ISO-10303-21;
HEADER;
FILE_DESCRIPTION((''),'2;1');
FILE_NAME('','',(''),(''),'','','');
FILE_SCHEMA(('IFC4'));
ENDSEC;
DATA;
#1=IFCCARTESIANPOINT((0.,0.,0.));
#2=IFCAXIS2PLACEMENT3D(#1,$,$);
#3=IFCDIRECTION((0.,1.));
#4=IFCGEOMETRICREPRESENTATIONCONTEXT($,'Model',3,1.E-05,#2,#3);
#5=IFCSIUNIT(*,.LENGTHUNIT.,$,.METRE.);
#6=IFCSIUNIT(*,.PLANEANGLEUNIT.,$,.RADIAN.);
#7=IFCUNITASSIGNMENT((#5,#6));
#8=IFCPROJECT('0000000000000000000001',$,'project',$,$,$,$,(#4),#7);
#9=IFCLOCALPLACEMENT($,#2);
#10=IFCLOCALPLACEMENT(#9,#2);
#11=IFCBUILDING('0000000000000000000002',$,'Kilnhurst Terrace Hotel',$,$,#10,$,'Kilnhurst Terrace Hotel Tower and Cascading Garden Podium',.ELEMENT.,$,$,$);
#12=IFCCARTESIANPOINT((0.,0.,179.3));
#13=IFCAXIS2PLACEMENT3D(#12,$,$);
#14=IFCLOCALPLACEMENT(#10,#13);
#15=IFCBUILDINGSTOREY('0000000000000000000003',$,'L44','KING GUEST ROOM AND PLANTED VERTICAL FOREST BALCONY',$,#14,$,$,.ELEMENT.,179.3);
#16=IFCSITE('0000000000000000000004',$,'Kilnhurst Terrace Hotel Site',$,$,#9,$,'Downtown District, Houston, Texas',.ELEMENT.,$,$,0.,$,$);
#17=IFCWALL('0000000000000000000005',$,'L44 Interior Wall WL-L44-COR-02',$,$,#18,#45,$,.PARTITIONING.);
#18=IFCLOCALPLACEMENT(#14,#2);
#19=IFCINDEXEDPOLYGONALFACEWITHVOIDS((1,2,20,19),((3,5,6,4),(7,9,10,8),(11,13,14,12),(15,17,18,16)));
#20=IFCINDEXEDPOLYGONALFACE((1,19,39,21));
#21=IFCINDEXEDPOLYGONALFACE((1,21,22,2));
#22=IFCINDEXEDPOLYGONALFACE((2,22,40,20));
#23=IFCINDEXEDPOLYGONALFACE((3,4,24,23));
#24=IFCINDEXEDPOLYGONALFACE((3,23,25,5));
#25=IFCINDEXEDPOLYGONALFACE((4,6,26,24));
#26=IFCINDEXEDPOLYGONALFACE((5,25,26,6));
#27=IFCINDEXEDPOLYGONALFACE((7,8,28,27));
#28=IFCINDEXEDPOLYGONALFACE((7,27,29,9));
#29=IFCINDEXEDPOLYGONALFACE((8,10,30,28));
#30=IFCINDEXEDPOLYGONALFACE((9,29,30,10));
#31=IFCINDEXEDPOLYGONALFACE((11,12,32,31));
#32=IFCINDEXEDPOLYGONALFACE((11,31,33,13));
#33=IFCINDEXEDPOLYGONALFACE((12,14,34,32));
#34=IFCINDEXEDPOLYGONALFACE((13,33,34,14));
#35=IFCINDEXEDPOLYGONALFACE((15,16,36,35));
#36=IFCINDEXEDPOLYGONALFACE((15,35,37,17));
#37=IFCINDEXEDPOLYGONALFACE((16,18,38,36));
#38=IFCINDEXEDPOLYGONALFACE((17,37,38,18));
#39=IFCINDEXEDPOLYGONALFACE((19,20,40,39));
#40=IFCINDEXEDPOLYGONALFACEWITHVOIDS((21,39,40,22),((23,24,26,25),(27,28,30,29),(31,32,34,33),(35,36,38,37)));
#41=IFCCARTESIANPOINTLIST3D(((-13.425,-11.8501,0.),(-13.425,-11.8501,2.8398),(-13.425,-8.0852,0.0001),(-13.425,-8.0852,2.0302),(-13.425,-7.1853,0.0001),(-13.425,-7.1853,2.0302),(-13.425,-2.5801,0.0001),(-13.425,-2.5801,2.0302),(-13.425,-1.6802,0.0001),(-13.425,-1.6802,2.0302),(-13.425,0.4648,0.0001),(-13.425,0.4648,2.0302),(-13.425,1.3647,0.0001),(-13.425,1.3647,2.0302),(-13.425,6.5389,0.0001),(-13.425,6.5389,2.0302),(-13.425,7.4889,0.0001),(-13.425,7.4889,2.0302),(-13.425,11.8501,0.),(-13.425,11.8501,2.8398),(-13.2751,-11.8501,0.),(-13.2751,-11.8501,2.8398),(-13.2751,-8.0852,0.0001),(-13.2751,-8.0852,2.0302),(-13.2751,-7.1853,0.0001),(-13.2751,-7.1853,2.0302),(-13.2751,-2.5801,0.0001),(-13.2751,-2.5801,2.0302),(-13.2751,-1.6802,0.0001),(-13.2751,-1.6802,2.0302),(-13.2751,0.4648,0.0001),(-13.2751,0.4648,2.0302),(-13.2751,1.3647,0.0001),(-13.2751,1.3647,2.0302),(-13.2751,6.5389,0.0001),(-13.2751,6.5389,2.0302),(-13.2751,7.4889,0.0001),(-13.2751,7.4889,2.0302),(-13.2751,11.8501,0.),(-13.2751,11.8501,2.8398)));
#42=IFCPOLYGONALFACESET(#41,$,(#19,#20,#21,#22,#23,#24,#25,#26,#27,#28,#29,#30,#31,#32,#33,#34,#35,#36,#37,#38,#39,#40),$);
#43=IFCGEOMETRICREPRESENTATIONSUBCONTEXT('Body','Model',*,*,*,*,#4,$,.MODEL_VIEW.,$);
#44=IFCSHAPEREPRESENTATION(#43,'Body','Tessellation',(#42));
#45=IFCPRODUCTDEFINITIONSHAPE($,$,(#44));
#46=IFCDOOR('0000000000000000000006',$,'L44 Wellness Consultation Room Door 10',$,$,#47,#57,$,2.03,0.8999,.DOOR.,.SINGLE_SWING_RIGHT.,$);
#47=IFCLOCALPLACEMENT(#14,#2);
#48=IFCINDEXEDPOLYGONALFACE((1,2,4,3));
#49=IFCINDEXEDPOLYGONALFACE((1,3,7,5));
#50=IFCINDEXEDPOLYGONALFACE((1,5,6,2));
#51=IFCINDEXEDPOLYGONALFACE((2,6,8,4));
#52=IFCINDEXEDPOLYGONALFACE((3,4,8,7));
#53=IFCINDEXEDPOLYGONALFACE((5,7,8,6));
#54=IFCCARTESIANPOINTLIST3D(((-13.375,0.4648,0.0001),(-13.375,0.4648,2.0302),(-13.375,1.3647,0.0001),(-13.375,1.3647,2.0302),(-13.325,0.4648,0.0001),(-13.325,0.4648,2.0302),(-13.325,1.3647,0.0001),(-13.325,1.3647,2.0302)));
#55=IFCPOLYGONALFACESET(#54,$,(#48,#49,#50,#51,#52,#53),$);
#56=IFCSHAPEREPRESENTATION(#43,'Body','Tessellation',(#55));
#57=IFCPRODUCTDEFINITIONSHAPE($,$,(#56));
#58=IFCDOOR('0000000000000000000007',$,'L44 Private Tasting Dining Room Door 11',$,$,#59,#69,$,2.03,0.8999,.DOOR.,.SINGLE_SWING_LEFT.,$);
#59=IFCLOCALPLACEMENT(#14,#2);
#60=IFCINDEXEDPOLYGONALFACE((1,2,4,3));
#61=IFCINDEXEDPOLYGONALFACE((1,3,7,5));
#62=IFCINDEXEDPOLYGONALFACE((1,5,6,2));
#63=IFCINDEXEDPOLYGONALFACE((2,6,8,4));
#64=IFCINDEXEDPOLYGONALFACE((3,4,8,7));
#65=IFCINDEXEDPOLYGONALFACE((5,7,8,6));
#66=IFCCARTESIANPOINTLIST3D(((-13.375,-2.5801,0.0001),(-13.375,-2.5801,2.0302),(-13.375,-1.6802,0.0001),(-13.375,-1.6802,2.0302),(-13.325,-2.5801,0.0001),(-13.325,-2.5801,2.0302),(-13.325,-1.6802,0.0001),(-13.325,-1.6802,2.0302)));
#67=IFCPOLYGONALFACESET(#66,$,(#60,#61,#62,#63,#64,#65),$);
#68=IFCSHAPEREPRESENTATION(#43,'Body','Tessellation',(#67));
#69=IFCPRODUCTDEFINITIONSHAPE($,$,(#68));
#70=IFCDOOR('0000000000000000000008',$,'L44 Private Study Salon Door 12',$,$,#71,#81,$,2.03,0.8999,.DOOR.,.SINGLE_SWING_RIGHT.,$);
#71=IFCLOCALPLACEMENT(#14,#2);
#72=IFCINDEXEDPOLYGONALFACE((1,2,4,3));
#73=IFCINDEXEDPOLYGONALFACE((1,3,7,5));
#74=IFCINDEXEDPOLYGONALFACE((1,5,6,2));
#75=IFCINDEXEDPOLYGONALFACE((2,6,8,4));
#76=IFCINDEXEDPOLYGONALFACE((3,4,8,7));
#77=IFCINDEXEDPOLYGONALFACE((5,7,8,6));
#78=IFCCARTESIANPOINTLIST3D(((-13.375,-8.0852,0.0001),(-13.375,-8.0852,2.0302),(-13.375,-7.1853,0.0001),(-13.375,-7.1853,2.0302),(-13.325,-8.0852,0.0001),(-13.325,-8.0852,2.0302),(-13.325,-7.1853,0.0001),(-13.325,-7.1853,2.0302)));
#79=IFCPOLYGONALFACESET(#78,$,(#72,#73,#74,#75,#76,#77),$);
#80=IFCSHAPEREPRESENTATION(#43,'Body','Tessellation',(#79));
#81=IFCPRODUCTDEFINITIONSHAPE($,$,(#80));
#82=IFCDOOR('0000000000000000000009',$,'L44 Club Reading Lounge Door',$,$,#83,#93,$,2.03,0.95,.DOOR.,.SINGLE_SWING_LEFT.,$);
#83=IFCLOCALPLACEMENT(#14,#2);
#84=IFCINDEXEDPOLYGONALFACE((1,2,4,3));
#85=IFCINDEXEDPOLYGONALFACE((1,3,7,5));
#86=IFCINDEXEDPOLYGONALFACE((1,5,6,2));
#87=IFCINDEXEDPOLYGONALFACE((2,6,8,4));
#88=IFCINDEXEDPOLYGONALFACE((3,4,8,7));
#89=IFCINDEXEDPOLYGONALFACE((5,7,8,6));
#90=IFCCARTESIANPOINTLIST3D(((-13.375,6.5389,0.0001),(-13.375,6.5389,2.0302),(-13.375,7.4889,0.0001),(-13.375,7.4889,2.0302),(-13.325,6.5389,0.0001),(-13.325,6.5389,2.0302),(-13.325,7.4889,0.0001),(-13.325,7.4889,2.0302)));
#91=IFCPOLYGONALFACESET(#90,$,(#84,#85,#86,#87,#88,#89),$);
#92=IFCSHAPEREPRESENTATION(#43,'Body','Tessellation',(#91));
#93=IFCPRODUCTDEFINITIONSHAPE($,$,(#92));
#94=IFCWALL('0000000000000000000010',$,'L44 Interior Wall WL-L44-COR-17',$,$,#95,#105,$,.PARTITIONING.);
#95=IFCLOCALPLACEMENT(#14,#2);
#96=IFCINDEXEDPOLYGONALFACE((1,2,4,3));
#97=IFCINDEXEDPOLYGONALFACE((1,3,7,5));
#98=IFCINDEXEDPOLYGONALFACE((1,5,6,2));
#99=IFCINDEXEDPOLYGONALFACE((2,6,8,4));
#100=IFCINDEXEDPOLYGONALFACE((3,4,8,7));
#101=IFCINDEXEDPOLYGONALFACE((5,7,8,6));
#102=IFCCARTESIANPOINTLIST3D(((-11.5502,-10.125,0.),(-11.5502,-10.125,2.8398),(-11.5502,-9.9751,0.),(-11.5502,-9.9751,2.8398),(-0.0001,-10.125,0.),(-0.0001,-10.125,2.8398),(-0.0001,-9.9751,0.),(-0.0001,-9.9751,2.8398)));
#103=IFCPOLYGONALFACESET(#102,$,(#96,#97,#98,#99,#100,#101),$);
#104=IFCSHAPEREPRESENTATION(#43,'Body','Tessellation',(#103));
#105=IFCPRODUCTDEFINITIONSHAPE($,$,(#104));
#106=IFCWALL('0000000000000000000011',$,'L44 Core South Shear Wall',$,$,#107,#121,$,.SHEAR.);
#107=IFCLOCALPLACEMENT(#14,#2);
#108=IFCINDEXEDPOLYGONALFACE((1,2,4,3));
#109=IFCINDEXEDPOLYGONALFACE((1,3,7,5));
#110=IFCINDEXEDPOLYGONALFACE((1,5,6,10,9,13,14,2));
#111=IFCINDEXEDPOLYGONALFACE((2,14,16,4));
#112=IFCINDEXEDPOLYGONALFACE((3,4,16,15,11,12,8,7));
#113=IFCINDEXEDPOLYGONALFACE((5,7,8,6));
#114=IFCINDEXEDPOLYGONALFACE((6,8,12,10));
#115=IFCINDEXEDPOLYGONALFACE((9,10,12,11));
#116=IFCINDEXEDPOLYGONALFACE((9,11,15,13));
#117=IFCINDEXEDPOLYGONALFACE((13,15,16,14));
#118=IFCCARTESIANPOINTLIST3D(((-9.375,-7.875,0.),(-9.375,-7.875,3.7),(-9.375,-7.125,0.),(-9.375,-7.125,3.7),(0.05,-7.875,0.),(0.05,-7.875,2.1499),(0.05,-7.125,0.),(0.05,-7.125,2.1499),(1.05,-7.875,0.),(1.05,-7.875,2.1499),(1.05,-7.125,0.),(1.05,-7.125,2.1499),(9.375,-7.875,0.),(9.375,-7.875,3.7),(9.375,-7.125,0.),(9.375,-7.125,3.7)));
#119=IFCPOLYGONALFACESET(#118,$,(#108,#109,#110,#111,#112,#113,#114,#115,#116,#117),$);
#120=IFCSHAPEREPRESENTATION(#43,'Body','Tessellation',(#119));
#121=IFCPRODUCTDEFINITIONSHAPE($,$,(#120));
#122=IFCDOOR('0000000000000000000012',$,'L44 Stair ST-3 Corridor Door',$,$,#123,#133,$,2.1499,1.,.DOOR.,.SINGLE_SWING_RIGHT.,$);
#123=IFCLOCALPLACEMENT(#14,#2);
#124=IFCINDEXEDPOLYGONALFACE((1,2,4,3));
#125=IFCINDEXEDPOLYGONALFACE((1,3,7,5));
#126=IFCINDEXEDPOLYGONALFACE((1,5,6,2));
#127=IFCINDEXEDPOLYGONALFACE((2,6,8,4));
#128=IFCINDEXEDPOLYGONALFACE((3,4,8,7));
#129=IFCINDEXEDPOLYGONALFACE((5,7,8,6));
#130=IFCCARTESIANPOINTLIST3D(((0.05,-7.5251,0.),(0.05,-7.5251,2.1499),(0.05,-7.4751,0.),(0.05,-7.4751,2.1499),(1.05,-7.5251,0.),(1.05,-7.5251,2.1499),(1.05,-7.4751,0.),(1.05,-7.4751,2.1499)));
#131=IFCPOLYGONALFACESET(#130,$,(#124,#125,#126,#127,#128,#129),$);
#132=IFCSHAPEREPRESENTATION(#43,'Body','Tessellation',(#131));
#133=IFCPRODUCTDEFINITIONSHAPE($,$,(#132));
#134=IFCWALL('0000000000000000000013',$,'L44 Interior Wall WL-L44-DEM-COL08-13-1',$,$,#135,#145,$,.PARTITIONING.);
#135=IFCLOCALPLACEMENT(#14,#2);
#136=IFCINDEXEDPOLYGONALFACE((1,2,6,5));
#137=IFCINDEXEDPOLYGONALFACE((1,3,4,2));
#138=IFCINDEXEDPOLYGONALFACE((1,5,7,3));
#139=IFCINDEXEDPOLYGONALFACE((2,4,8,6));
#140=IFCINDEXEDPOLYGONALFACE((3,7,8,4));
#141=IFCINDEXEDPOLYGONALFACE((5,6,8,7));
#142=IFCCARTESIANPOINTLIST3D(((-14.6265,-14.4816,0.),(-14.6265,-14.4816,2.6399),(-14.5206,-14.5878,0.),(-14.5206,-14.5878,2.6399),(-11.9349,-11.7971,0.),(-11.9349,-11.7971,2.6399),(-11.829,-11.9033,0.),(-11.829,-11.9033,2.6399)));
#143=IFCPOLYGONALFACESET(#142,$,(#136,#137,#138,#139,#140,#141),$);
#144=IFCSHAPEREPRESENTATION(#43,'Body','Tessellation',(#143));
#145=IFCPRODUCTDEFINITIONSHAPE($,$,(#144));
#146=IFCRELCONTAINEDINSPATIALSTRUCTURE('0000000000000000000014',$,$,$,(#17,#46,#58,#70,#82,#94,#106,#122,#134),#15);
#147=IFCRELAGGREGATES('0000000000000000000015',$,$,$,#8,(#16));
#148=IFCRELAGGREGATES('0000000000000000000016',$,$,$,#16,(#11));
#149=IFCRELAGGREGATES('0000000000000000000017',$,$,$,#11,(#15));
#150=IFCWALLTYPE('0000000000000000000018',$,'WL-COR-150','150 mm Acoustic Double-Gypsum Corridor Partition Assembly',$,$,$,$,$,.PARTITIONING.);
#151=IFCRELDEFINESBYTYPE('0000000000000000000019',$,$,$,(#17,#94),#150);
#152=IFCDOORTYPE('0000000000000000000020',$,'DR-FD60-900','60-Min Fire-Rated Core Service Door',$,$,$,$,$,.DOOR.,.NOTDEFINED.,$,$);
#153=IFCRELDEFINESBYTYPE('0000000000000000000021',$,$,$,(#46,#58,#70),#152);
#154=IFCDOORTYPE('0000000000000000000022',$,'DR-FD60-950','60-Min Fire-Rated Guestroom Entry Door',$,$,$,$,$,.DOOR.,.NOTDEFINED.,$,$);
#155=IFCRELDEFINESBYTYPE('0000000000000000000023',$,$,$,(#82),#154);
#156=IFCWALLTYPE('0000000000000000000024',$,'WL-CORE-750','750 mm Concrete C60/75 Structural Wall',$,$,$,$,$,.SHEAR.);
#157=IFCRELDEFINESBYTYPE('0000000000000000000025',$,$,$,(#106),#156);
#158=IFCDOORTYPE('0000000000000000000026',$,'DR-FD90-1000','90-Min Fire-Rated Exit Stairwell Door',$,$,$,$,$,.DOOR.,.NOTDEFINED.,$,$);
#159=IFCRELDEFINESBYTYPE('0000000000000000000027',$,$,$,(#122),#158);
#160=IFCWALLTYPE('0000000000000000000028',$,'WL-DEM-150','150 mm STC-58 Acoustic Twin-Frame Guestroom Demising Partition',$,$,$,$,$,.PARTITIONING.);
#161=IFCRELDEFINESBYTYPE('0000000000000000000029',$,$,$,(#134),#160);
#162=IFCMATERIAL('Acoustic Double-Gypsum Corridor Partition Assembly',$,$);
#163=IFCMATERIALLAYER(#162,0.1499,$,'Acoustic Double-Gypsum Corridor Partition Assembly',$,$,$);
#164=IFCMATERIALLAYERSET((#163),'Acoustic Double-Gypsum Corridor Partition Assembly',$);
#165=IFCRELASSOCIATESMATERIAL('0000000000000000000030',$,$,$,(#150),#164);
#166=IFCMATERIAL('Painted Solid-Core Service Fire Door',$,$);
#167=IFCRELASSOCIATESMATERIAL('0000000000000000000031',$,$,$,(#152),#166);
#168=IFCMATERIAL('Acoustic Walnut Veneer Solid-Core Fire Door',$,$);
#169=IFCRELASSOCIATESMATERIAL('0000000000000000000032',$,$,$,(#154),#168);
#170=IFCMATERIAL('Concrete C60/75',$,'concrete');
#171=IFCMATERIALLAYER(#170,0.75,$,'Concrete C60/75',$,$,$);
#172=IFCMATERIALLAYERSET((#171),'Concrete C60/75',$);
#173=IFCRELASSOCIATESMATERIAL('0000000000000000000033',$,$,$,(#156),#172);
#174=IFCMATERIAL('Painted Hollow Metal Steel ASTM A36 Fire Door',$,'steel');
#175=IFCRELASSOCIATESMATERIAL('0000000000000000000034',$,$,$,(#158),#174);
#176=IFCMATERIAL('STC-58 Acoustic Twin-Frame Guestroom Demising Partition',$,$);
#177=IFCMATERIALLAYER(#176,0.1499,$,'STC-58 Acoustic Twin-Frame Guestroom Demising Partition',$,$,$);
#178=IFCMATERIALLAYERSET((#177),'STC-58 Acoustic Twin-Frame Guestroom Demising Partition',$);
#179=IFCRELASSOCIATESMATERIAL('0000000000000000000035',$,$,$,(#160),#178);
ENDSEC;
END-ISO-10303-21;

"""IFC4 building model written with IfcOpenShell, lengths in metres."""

from ifc_helpers import new_model, si_unit, direction, frame, frame_2d, origin, place, context, subcontext, project, spatial, rectangle, extrude, material, layer, layer_set, type_object, element, fill, save


model = new_model("IFC4")

# Units and contexts
model_context = context("Model", 3, precision=1e-05, world=origin(), true_north=direction((0.0, 1.0)))
body_context = subcontext(model_context, "Body", "Model", "MODEL_VIEW")
ifc_project = project(units=[si_unit("LENGTHUNIT", "METRE"), si_unit("PLANEANGLEUNIT", "RADIAN")], contexts=[model_context])

# Site, building, storey
site_placement = place(None, origin())
site = spatial("IfcSite", under=ifc_project, at=site_placement, Name="Kilnhurst Terrace Hotel Site", LongName="Downtown District, Houston, Texas", CompositionType="ELEMENT", RefElevation=0.0)
building_placement = place(site_placement, origin())
building = spatial("IfcBuilding", under=site, at=building_placement, Name="Kilnhurst Terrace Hotel", LongName="Kilnhurst Terrace Hotel Tower and Cascading Garden Podium", CompositionType="ELEMENT")
storey_placement = place(building_placement, frame((0.0, 0.0, 179.3)))
storey = spatial("IfcBuildingStorey", under=building, at=storey_placement, Name="L44", Description="KING GUEST ROOM AND PLANTED VERTICAL FOREST BALCONY", CompositionType="ELEMENT", Elevation=179.3)

# Wall, openings, doors
ifc_material_1 = material(Name="Acoustic Double-Gypsum Corridor Partition Assembly")
ifc_layer_1 = layer(ifc_material_1, 0.1499, Name="Acoustic Double-Gypsum Corridor Partition Assembly")
ifc_layer_set_1 = layer_set([ifc_layer_1], Name="Acoustic Double-Gypsum Corridor Partition Assembly")
wall_type_1 = type_object("IfcWallType", Name="WL-COR-150", Description="150 mm Acoustic Double-Gypsum Corridor Partition Assembly", PredefinedType="PARTITIONING", material=ifc_layer_set_1)
wall_1_placement = place(storey_placement, frame((-13.3501, -11.8501, 0.0), z_axis=(0.0, 0.0, 1.0), x_axis=(0.0, 1.0, 0.0)))
wall_1 = element("IfcWall", 1, at=wall_1_placement, inside=storey, type_object=wall_type_1, Name="L44 Interior Wall WL-L44-COR-02", PredefinedType="PARTITIONING", context=body_context, shape_type="SweptSolid", body=[
    extrude(rectangle(XDim=23.7002, YDim=0.1499, at=frame_2d((11.8501, 0.0))), origin(), (0.0, 0.0, 1.0), 2.8398),
])
opening_1_placement = place(wall_1_placement, frame((18.3889, 0.0, 0.0)))
opening_1 = element("IfcOpeningElement", 2, at=opening_1_placement, cuts=wall_1, PredefinedType="OPENING", context=body_context, shape_type="SweptSolid", body=[
    extrude(rectangle(XDim=0.95, YDim=2.03, at=frame_2d((0.4751, 1.0151))), frame((0.0, 0.085, 0.0), z_axis=(0.0, -1.0, 0.0), x_axis=(1.0, 0.0, 0.0)), (0.0, 0.0, 1.0), 0.1699),
])
opening_2_placement = place(wall_1_placement, frame((12.3149, 0.0, 0.0)))
opening_2 = element("IfcOpeningElement", 3, at=opening_2_placement, cuts=wall_1, PredefinedType="OPENING", context=body_context, shape_type="SweptSolid", body=[
    extrude(rectangle(XDim=0.8999, YDim=2.03, at=frame_2d((0.45, 1.0151))), frame((0.0, 0.085, 0.0), z_axis=(0.0, -1.0, 0.0), x_axis=(1.0, 0.0, 0.0)), (0.0, 0.0, 1.0), 0.1699),
])
opening_3_placement = place(wall_1_placement, frame((9.27, 0.0, 0.0)))
opening_3 = element("IfcOpeningElement", 4, at=opening_3_placement, cuts=wall_1, PredefinedType="OPENING", context=body_context, shape_type="SweptSolid", body=[
    extrude(rectangle(XDim=0.8999, YDim=2.03, at=frame_2d((0.45, 1.0151))), frame((0.0, 0.085, 0.0), z_axis=(0.0, -1.0, 0.0), x_axis=(1.0, 0.0, 0.0)), (0.0, 0.0, 1.0), 0.1699),
])
opening_4_placement = place(wall_1_placement, frame((3.7649, 0.0, 0.0)))
opening_4 = element("IfcOpeningElement", 5, at=opening_4_placement, cuts=wall_1, PredefinedType="OPENING", context=body_context, shape_type="SweptSolid", body=[
    extrude(rectangle(XDim=0.8999, YDim=2.03, at=frame_2d((0.45, 1.0151))), frame((0.0, 0.085, 0.0), z_axis=(0.0, -1.0, 0.0), x_axis=(1.0, 0.0, 0.0)), (0.0, 0.0, 1.0), 0.1699),
])
ifc_material_2 = material(Name="Painted Solid-Core Service Fire Door")
door_type_1 = type_object("IfcDoorType", Name="DR-FD60-900", Description="60-Min Fire-Rated Core Service Door", OperationType="NOTDEFINED", PredefinedType="DOOR", material=ifc_material_2)
door_1_placement = place(opening_2_placement, origin())
door_1 = element("IfcDoor", 6, at=door_1_placement, inside=storey, type_object=door_type_1, Name="L44 Wellness Consultation Room Door 10", OperationType="SINGLE_SWING_RIGHT", OverallHeight=2.03, OverallWidth=0.8999, PredefinedType="DOOR", context=body_context, shape_type="SweptSolid", body=[
    extrude(rectangle(XDim=0.8999, YDim=2.03, at=frame_2d((0.45, 1.0151))), frame((0.0, 0.0249, 0.0), z_axis=(0.0, -1.0, 0.0), x_axis=(1.0, 0.0, 0.0)), (0.0, 0.0, 1.0), 0.05),
])
fill(opening_2, door_1)
door_2_placement = place(opening_3_placement, origin())
door_2 = element("IfcDoor", 7, at=door_2_placement, inside=storey, type_object=door_type_1, Name="L44 Private Tasting Dining Room Door 11", OperationType="SINGLE_SWING_LEFT", OverallHeight=2.03, OverallWidth=0.8999, PredefinedType="DOOR", context=body_context, shape_type="SweptSolid", body=[
    extrude(rectangle(XDim=0.8999, YDim=2.03, at=frame_2d((0.45, 1.0151))), frame((0.0, 0.0249, 0.0), z_axis=(0.0, -1.0, 0.0), x_axis=(1.0, 0.0, 0.0)), (0.0, 0.0, 1.0), 0.05),
])
fill(opening_3, door_2)
door_3_placement = place(opening_4_placement, origin())
door_3 = element("IfcDoor", 8, at=door_3_placement, inside=storey, type_object=door_type_1, Name="L44 Private Study Salon Door 12", OperationType="SINGLE_SWING_RIGHT", OverallHeight=2.03, OverallWidth=0.8999, PredefinedType="DOOR", context=body_context, shape_type="SweptSolid", body=[
    extrude(rectangle(XDim=0.8999, YDim=2.03, at=frame_2d((0.45, 1.0151))), frame((0.0, 0.0249, 0.0), z_axis=(0.0, -1.0, 0.0), x_axis=(1.0, 0.0, 0.0)), (0.0, 0.0, 1.0), 0.05),
])
fill(opening_4, door_3)
ifc_material_3 = material(Name="Acoustic Walnut Veneer Solid-Core Fire Door")
door_type_2 = type_object("IfcDoorType", Name="DR-FD60-950", Description="60-Min Fire-Rated Guestroom Entry Door", OperationType="NOTDEFINED", PredefinedType="DOOR", material=ifc_material_3)
door_4_placement = place(opening_1_placement, origin())
door_4 = element("IfcDoor", 9, at=door_4_placement, inside=storey, type_object=door_type_2, Name="L44 Club Reading Lounge Door", OperationType="SINGLE_SWING_LEFT", OverallHeight=2.03, OverallWidth=0.95, PredefinedType="DOOR", context=body_context, shape_type="SweptSolid", body=[
    extrude(rectangle(XDim=0.95, YDim=2.03, at=frame_2d((0.4751, 1.0151))), frame((0.0, 0.0249, 0.0), z_axis=(0.0, -1.0, 0.0), x_axis=(1.0, 0.0, 0.0)), (0.0, 0.0, 1.0), 0.05),
])
fill(opening_1, door_4)

# Wall
wall_2_placement = place(storey_placement, frame((-11.55, -10.05, 0.0), z_axis=(0.0, 0.0, 1.0), x_axis=(1.0, 0.0, 0.0)))
element("IfcWall", 10, at=wall_2_placement, inside=storey, type_object=wall_type_1, Name="L44 Interior Wall WL-L44-COR-17", PredefinedType="PARTITIONING", context=body_context, shape_type="SweptSolid", body=[
    extrude(rectangle(XDim=11.55, YDim=0.1499, at=frame_2d((5.7749, 0.0))), origin(), (0.0, 0.0, 1.0), 2.8398),
])

# Wall, opening, door
ifc_material_4 = material(Name="Concrete C60/75", Category="concrete")
ifc_layer_2 = layer(ifc_material_4, 0.75, Name="Concrete C60/75")
ifc_layer_set_2 = layer_set([ifc_layer_2], Name="Concrete C60/75")
wall_type_2 = type_object("IfcWallType", Name="WL-CORE-750", Description="750 mm Concrete C60/75 Structural Wall", PredefinedType="SHEAR", material=ifc_layer_set_2)
wall_3_placement = place(storey_placement, frame((-9.375, -7.5, 0.0), z_axis=(0.0, 0.0, 1.0), x_axis=(1.0, 0.0, 0.0)))
wall_3 = element("IfcWall", 11, at=wall_3_placement, inside=storey, type_object=wall_type_2, Name="L44 Core South Shear Wall", PredefinedType="SHEAR", context=body_context, shape_type="SweptSolid", body=[
    extrude(rectangle(XDim=18.75, YDim=0.75, at=frame_2d((9.375, 0.0))), origin(), (0.0, 0.0, 1.0), 3.7),
])
opening_5_placement = place(wall_3_placement, frame((9.425, 0.0, 0.0)))
opening_5 = element("IfcOpeningElement", 12, at=opening_5_placement, cuts=wall_3, PredefinedType="OPENING", context=body_context, shape_type="SweptSolid", body=[
    extrude(rectangle(XDim=1.0, YDim=2.1499, at=frame_2d((0.5, 1.075))), frame((0.0, 0.385, 0.0), z_axis=(0.0, -1.0, 0.0), x_axis=(1.0, 0.0, 0.0)), (0.0, 0.0, 1.0), 0.77),
])
ifc_material_5 = material(Name="Painted Hollow Metal Steel ASTM A36 Fire Door", Category="steel")
door_type_3 = type_object("IfcDoorType", Name="DR-FD90-1000", Description="90-Min Fire-Rated Exit Stairwell Door", OperationType="NOTDEFINED", PredefinedType="DOOR", material=ifc_material_5)
door_5_placement = place(opening_5_placement, origin())
door_5 = element("IfcDoor", 13, at=door_5_placement, inside=storey, type_object=door_type_3, Name="L44 Stair ST-3 Corridor Door", OperationType="SINGLE_SWING_RIGHT", OverallHeight=2.1499, OverallWidth=1.0, PredefinedType="DOOR", context=body_context, shape_type="SweptSolid", body=[
    extrude(rectangle(XDim=1.0, YDim=2.1499, at=frame_2d((0.5, 1.075))), frame((0.0, 0.0249, 0.0), z_axis=(0.0, -1.0, 0.0), x_axis=(1.0, 0.0, 0.0)), (0.0, 0.0, 1.0), 0.05),
])
fill(opening_5, door_5)

# Wall
ifc_material_6 = material(Name="STC-58 Acoustic Twin-Frame Guestroom Demising Partition")
ifc_layer_3 = layer(ifc_material_6, 0.1499, Name="STC-58 Acoustic Twin-Frame Guestroom Demising Partition")
ifc_layer_set_3 = layer_set([ifc_layer_3], Name="STC-58 Acoustic Twin-Frame Guestroom Demising Partition")
wall_type_3 = type_object("IfcWallType", Name="WL-DEM-150", Description="150 mm STC-58 Acoustic Twin-Frame Guestroom Demising Partition", PredefinedType="PARTITIONING", material=ifc_layer_set_3)
wall_4_placement = place(storey_placement, frame((-11.8818, -11.8501, 0.0), z_axis=(0.0, 0.0, 1.0), x_axis=(-0.708037, -0.706175, 0.0)))
element("IfcWall", 14, at=wall_4_placement, inside=storey, type_object=wall_type_3, Name="L44 Interior Wall WL-L44-DEM-COL08-13-1", PredefinedType="PARTITIONING", context=body_context, shape_type="SweptSolid", body=[
    extrude(rectangle(XDim=3.8015, YDim=0.1499, at=frame_2d((1.9009, 0.0))), origin(), (0.0, 0.0, 1.0), 2.6399),
])

save(model, "model.ifc")
